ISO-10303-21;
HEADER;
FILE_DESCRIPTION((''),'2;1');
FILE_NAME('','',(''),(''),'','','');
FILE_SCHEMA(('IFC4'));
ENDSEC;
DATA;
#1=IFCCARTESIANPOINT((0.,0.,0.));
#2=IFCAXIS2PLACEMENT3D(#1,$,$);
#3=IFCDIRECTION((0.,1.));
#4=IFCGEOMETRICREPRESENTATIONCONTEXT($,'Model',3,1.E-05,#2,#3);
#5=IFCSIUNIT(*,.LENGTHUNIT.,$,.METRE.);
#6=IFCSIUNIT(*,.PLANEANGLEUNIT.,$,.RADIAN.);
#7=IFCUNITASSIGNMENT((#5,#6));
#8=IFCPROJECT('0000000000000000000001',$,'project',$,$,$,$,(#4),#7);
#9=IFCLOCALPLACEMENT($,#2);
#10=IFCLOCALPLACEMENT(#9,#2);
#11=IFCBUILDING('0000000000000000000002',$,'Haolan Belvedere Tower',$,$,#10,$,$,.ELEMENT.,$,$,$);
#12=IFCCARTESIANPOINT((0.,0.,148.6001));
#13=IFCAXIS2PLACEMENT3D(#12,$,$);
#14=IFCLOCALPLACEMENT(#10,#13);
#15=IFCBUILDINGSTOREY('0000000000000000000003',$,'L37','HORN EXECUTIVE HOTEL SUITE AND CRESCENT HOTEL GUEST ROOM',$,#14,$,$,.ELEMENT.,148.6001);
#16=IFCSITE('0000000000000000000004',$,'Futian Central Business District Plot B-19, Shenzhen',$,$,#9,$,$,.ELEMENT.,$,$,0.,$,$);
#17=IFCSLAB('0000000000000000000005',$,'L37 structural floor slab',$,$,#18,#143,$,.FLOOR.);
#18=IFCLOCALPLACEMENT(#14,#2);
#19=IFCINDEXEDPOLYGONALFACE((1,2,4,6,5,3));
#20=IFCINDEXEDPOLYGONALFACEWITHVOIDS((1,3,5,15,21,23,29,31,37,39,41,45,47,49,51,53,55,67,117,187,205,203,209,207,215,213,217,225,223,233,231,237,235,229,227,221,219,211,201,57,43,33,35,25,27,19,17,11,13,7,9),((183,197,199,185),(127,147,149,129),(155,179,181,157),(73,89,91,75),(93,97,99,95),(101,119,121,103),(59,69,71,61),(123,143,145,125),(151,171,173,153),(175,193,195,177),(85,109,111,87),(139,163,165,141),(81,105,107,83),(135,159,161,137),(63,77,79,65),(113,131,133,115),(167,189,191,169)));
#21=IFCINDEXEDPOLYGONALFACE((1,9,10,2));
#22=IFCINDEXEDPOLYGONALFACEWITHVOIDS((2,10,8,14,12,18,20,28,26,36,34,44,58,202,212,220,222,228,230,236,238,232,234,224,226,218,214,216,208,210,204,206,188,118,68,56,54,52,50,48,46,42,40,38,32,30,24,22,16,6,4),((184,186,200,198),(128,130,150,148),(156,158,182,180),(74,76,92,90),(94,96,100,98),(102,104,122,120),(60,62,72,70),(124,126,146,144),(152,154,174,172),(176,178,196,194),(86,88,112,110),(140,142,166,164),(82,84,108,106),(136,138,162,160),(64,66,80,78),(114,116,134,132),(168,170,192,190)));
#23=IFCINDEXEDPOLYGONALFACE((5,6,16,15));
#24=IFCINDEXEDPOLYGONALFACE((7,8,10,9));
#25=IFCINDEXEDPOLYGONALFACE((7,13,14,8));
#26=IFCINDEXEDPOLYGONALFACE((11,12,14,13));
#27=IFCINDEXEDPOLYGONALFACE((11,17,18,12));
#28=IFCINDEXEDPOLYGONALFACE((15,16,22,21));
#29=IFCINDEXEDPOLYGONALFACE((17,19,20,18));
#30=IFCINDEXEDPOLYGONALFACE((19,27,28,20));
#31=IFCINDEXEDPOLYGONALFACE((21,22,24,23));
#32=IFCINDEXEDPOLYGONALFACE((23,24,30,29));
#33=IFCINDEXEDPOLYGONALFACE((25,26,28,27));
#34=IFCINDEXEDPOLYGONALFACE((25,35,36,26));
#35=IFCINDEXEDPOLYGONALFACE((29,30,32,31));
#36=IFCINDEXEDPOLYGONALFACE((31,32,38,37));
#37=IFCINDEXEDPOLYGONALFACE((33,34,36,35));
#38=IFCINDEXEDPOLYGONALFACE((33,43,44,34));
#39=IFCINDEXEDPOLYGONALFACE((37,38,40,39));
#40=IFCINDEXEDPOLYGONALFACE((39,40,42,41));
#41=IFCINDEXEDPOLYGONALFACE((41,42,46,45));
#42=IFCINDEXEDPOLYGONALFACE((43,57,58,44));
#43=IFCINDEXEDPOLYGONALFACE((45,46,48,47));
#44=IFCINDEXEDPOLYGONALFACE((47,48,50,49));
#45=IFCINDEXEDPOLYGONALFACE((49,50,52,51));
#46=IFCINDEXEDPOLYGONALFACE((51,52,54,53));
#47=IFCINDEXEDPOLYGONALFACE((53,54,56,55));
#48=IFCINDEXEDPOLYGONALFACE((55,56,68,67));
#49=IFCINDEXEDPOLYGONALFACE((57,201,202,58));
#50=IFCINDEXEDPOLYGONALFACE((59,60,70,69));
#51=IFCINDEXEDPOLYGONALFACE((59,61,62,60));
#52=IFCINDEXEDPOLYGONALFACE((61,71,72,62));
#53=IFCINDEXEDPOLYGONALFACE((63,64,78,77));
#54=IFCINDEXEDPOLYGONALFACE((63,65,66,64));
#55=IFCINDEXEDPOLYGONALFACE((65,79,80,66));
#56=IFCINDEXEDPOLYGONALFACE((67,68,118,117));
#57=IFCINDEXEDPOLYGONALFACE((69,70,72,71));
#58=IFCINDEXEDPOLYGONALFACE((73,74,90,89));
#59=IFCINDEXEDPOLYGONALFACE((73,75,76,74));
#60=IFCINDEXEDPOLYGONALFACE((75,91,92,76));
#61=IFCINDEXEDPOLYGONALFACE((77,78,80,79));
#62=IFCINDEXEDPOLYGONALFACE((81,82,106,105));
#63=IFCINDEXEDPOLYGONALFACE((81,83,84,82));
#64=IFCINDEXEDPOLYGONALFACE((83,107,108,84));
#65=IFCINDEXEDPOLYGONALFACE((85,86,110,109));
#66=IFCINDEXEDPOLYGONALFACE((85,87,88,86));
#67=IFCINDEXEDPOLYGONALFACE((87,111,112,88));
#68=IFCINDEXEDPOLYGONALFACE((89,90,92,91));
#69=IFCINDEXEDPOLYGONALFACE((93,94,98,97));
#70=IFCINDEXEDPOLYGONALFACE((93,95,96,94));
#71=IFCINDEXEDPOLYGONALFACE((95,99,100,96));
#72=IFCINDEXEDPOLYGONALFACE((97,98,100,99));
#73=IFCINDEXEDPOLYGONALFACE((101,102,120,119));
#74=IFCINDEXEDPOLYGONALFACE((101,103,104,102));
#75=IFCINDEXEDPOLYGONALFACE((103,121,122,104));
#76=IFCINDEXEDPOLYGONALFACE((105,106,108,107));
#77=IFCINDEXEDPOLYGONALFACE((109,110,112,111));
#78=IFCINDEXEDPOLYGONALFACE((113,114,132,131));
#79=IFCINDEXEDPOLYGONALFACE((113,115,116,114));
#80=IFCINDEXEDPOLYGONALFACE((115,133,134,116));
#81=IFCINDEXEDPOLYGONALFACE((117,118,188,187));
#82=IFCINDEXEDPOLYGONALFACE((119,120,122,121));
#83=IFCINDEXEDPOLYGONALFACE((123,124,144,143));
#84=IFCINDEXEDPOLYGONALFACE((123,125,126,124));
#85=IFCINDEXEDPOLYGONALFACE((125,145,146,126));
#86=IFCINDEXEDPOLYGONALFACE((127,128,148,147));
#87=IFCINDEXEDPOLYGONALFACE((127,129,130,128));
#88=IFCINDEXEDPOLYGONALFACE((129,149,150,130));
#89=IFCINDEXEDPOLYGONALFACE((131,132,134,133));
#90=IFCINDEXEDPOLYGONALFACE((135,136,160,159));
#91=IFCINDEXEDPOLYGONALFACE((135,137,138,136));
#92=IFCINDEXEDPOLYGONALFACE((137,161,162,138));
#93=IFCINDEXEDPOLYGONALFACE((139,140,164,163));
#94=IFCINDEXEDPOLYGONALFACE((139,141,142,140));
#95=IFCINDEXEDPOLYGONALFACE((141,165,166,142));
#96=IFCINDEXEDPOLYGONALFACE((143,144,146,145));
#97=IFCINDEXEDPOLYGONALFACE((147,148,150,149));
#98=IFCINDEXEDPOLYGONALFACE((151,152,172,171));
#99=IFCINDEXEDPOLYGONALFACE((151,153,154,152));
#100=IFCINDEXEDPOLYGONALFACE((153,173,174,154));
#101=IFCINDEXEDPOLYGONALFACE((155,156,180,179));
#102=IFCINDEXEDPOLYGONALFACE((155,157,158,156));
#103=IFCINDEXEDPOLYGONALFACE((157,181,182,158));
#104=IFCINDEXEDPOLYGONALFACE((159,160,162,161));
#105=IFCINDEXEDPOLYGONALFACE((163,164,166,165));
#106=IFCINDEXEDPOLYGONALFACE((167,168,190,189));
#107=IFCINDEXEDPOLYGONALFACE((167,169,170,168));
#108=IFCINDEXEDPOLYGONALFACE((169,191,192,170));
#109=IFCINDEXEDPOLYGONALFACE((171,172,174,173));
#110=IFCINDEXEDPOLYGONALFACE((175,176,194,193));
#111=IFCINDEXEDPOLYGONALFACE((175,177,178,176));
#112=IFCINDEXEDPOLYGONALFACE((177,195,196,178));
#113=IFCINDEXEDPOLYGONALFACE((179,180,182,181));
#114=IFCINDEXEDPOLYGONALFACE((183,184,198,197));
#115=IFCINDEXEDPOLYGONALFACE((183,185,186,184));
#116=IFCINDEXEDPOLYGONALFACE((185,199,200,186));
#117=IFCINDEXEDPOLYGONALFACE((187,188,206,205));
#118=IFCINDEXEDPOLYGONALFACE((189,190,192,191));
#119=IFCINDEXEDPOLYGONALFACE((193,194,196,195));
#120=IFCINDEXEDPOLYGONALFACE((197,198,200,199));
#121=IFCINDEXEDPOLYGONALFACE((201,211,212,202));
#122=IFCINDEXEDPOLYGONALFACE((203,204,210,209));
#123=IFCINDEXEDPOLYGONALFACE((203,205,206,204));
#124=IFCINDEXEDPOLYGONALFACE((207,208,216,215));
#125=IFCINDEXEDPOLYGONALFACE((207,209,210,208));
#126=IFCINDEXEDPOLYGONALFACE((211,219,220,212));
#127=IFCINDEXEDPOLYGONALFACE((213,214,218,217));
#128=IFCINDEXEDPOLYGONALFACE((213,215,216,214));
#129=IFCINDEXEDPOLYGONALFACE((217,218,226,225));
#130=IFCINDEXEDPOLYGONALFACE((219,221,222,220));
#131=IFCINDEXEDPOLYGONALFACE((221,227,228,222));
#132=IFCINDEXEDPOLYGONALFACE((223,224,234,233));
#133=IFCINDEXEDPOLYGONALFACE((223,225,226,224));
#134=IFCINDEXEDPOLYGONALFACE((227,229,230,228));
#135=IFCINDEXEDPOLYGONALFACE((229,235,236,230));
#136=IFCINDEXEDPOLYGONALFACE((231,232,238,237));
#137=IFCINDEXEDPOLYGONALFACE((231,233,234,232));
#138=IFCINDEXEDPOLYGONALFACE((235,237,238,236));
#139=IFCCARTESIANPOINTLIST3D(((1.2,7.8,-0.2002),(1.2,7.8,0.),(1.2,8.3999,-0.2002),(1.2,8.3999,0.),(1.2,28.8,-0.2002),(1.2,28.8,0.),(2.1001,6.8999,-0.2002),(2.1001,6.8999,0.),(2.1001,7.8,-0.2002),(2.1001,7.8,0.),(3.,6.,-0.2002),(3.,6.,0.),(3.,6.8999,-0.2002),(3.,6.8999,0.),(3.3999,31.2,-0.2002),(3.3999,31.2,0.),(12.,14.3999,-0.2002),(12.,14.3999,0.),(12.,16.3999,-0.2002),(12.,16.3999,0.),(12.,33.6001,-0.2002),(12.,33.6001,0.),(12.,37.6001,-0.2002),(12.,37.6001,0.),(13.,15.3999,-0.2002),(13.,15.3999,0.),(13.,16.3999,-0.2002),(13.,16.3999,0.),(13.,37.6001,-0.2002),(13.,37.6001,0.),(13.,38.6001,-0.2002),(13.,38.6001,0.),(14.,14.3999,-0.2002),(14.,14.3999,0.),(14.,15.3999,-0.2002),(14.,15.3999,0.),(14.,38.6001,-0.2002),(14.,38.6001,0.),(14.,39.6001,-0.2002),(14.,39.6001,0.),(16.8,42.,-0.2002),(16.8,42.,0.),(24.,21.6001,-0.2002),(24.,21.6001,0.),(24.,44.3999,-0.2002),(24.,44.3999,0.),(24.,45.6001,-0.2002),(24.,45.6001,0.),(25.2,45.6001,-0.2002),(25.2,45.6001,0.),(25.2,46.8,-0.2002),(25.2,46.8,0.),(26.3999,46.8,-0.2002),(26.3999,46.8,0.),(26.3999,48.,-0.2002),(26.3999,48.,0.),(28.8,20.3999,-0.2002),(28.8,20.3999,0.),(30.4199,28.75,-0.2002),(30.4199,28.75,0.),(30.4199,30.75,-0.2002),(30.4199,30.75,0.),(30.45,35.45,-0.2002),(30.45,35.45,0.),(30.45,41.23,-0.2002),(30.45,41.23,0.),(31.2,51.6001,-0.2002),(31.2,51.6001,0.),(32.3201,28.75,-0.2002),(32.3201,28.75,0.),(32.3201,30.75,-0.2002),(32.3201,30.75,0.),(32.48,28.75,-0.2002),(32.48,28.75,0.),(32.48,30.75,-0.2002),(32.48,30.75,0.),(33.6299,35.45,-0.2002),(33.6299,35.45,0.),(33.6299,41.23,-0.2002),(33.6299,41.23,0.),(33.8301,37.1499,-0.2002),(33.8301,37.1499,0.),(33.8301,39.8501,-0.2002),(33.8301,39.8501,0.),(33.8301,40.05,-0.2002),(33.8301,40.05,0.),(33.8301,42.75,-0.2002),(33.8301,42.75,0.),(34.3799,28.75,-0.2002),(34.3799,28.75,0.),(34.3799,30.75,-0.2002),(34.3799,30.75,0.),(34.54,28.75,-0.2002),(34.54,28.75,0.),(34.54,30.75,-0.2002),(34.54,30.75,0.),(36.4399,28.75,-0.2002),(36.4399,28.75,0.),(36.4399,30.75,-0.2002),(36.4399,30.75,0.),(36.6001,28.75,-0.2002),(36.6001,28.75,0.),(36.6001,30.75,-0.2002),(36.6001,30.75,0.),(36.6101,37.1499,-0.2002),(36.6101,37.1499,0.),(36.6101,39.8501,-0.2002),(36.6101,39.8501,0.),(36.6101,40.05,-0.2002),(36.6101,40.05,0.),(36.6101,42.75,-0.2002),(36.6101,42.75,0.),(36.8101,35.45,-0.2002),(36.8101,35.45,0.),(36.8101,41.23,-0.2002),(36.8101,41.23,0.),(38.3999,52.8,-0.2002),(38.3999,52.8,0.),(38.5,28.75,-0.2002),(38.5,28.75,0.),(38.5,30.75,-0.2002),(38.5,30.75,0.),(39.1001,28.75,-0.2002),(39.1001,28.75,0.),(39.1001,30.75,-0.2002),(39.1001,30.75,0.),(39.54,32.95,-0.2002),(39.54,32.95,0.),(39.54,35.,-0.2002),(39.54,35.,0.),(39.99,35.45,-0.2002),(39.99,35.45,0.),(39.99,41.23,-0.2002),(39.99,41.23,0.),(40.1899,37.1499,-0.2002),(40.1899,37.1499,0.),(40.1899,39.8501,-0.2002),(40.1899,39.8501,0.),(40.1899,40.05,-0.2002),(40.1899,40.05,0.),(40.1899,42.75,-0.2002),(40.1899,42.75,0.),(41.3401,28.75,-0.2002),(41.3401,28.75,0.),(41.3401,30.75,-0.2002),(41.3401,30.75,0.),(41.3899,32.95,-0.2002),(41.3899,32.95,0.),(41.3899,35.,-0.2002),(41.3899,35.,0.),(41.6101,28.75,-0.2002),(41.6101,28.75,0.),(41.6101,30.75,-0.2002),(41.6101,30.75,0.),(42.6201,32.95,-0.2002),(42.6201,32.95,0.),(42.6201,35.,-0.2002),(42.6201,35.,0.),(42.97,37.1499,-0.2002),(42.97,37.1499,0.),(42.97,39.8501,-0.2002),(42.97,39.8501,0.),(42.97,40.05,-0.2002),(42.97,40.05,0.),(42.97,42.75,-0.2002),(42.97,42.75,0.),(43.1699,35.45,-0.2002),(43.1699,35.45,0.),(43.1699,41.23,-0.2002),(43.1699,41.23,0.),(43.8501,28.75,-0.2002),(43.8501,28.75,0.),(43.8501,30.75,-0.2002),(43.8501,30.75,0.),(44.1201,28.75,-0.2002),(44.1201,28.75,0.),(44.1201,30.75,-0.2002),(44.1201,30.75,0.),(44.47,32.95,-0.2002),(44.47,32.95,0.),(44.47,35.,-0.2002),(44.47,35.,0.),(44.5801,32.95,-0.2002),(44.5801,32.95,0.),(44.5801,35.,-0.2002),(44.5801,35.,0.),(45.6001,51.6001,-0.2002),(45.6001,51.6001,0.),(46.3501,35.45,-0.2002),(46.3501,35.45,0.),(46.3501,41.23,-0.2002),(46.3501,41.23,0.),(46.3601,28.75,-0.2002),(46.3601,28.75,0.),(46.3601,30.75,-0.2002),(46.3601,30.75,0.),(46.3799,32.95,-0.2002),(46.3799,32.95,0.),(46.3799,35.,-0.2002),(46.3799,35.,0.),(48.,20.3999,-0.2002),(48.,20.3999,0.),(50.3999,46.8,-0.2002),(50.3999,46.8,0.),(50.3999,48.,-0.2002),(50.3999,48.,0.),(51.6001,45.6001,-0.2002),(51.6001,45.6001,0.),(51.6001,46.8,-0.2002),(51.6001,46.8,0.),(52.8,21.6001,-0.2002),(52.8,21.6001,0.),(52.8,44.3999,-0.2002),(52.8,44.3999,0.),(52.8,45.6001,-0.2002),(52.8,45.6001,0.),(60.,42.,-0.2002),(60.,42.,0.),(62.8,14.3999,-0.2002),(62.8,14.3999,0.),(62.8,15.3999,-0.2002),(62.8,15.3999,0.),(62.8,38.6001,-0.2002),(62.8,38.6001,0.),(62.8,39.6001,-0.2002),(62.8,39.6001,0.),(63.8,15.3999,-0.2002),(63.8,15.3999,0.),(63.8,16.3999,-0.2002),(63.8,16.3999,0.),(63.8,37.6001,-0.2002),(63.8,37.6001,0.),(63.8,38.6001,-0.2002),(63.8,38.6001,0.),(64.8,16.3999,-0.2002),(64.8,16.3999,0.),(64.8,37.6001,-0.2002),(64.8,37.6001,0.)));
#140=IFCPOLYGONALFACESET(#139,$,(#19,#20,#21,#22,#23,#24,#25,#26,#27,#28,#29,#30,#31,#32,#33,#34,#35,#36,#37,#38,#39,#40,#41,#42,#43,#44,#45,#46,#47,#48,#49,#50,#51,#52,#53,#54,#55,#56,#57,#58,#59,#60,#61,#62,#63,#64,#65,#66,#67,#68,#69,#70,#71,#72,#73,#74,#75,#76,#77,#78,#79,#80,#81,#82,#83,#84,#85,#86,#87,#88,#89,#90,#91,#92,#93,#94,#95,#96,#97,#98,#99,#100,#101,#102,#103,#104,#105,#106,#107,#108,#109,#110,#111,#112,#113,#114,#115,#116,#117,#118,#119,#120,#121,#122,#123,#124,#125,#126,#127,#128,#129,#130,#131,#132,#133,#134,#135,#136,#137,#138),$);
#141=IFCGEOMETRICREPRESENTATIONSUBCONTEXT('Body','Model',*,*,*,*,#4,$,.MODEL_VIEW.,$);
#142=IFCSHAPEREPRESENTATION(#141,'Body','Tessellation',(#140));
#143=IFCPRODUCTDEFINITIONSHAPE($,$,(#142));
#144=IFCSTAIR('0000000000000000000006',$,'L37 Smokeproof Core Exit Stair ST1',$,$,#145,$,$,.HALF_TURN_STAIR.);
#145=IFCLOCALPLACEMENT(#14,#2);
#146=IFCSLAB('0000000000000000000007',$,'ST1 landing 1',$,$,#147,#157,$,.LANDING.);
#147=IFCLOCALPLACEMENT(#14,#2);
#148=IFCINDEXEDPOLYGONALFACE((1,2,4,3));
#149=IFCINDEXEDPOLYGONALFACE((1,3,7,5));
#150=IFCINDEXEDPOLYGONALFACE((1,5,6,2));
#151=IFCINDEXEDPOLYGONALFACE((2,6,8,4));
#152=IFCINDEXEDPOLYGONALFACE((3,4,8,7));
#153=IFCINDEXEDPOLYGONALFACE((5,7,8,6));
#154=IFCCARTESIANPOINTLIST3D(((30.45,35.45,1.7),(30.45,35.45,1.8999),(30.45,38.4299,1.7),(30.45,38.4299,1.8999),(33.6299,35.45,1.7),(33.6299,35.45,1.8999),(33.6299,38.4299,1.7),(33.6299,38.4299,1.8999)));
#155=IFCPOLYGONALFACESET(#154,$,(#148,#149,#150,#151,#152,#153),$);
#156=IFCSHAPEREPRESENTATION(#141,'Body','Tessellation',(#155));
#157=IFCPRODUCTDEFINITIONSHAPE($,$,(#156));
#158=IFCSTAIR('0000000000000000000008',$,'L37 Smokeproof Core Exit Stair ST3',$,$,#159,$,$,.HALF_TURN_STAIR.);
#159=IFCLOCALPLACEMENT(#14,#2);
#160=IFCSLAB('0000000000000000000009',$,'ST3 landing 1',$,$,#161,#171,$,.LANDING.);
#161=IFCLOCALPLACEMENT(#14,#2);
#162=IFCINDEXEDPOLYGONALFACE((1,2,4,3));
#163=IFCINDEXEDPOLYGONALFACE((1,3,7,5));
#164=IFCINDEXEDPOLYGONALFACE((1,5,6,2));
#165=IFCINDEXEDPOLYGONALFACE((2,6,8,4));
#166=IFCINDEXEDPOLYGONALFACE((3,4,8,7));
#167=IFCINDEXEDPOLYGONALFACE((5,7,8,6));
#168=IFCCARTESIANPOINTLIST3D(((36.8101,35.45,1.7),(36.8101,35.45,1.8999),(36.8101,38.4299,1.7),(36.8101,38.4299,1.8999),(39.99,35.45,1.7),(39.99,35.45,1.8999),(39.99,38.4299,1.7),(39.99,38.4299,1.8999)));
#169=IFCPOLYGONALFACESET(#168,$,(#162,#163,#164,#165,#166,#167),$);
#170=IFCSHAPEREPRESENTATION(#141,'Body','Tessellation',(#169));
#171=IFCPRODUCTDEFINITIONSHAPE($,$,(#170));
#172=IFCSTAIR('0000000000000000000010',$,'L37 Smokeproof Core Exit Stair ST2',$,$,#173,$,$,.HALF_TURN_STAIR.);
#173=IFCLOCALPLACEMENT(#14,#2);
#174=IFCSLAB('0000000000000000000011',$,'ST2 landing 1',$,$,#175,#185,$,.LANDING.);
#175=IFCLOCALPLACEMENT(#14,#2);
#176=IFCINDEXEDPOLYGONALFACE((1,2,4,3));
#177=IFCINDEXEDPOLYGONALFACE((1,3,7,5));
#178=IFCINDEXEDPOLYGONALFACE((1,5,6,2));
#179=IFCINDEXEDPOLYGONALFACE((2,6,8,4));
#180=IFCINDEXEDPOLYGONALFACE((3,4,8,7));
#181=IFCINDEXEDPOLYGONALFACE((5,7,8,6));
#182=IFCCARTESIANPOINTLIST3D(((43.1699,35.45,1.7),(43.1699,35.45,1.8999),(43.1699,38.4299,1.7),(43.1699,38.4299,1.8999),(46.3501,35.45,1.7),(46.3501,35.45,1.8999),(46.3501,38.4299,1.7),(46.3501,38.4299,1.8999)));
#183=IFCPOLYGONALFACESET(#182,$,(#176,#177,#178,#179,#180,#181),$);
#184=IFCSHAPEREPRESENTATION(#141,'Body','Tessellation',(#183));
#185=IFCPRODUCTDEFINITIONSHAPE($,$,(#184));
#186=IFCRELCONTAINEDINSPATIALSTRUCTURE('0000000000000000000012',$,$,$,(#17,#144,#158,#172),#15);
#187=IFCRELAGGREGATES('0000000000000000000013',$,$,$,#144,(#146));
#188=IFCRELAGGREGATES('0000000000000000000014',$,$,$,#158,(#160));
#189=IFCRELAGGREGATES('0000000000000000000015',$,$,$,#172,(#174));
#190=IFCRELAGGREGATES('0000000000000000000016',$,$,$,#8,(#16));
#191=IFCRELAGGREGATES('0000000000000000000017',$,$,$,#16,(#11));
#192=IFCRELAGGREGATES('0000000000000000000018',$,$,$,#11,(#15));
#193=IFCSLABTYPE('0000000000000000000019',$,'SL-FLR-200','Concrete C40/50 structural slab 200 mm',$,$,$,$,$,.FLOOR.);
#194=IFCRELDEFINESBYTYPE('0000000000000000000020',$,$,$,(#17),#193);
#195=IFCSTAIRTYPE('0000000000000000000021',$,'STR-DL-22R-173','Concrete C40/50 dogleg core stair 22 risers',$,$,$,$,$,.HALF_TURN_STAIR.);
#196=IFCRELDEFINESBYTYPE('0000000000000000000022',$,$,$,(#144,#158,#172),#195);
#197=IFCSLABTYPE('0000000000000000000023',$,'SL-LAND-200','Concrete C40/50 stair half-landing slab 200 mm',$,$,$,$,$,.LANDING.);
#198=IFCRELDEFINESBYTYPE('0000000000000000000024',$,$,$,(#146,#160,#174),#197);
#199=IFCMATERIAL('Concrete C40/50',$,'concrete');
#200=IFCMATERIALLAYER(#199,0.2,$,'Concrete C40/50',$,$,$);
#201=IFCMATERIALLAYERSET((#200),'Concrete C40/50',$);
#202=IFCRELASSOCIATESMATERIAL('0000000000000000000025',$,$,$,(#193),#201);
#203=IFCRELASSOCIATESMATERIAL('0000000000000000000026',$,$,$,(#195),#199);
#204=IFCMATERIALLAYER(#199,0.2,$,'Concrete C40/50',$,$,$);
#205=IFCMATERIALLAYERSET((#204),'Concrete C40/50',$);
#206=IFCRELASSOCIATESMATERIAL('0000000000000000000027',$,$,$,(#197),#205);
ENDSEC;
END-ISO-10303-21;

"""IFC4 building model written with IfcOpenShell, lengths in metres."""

from ifc_helpers import new_model, si_unit, direction, frame, origin, place, context, subcontext, project, spatial, polyline, outline, extrude, material, layer, layer_set, type_object, element, aggregate, save


model = new_model("IFC4")

# Units and contexts
model_context = context("Model", 3, precision=1e-05, world=origin(), true_north=direction((0.0, 1.0)))
body_context = subcontext(model_context, "Body", "Model", "MODEL_VIEW")
ifc_project = project(units=[si_unit("LENGTHUNIT", "METRE"), si_unit("PLANEANGLEUNIT", "RADIAN")], contexts=[model_context])

# Site, building, storey
site_placement = place(None, origin())
site = spatial("IfcSite", under=ifc_project, at=site_placement, Name="Futian Central Business District Plot B-19, Shenzhen", CompositionType="ELEMENT", RefElevation=0.0)
building_placement = place(site_placement, origin())
building = spatial("IfcBuilding", under=site, at=building_placement, Name="Haolan Belvedere Tower", CompositionType="ELEMENT")
storey_placement = place(building_placement, frame((0.0, 0.0, 148.6001)))
storey = spatial("IfcBuildingStorey", under=building, at=storey_placement, Name="L37", Description="HORN EXECUTIVE HOTEL SUITE AND CRESCENT HOTEL GUEST ROOM", CompositionType="ELEMENT", Elevation=148.6001)

# Slab
ifc_material_1 = material(Name="Concrete C40/50", Category="concrete")
ifc_layer_1 = layer(ifc_material_1, 0.2, Name="Concrete C40/50")
ifc_layer_set_1 = layer_set([ifc_layer_1], Name="Concrete C40/50")
slab_type_1 = type_object("IfcSlabType", Name="SL-FLR-200", Description="Concrete C40/50 structural slab 200 mm", PredefinedType="FLOOR", material=ifc_layer_set_1)
slab_1_placement = place(storey_placement, frame((0.0, 0.0, -0.2002)))
element("IfcSlab", 1, at=slab_1_placement, inside=storey, type_object=slab_type_1, Name="L37 structural floor slab", PredefinedType="FLOOR", context=body_context, shape_type="SweptSolid", body=[
    extrude(outline(polyline([(12.0, 14.3999), (12.0, 16.3999), (13.0, 16.3999), (13.0, 15.3999), (14.0, 15.3999), (14.0, 14.3999), (24.0, 21.6001), (28.8, 20.3999), (48.0, 20.3999), (52.8, 21.6001), (62.8, 14.3999), (62.8, 15.3999), (63.8, 15.3999), (63.8, 16.3999), (64.8, 16.3999), (64.8, 37.6001), (63.8, 37.6001), (63.8, 38.6001), (62.8, 38.6001), (62.8, 39.6001), (60.0, 42.0), (52.8, 44.3999), (52.8, 45.6001), (51.6001, 45.6001), (51.6001, 46.8), (50.3999, 46.8), (50.3999, 48.0), (45.6001, 51.6001), (38.3999, 52.8), (31.2, 51.6001), (26.3999, 48.0), (26.3999, 46.8), (25.2, 46.8), (25.2, 45.6001), (24.0, 45.6001), (24.0, 44.3999), (16.8, 42.0), (14.0, 39.6001), (14.0, 38.6001), (13.0, 38.6001), (13.0, 37.6001), (12.0, 37.6001), (12.0, 33.6001), (3.3999, 31.2), (1.2, 28.8), (1.2, 8.3999), (1.2, 7.8), (2.1001, 7.8), (2.1001, 6.8999), (3.0, 6.8999), (3.0, 6.0), (12.0, 14.3999)]), holes=[polyline([(30.45, 41.23), (30.45, 35.45), (33.6299, 35.45), (33.6299, 41.23), (30.45, 41.23)]), polyline([(36.8101, 41.23), (36.8101, 35.45), (39.99, 35.45), (39.99, 41.23), (36.8101, 41.23)]), polyline([(43.1699, 41.23), (43.1699, 35.45), (46.3501, 35.45), (46.3501, 41.23), (43.1699, 41.23)]), polyline([(33.8301, 40.05), (36.6101, 40.05), (36.6101, 42.75), (33.8301, 42.75), (33.8301, 40.05)]), polyline([(33.8301, 37.1499), (36.6101, 37.1499), (36.6101, 39.8501), (33.8301, 39.8501), (33.8301, 37.1499)]), polyline([(40.1899, 40.05), (42.97, 40.05), (42.97, 42.75), (40.1899, 42.75), (40.1899, 40.05)]), polyline([(40.1899, 37.1499), (42.97, 37.1499), (42.97, 39.8501), (40.1899, 39.8501), (40.1899, 37.1499)]), polyline([(39.54, 32.95), (41.3899, 32.95), (41.3899, 35.0), (39.54, 35.0), (39.54, 32.95)]), polyline([(42.6201, 32.95), (44.47, 32.95), (44.47, 35.0), (42.6201, 35.0), (42.6201, 32.95)]), polyline([(44.5801, 32.95), (46.3799, 32.95), (46.3799, 35.0), (44.5801, 35.0), (44.5801, 32.95)]), polyline([(30.4199, 28.75), (32.3201, 28.75), (32.3201, 30.75), (30.4199, 30.75), (30.4199, 28.75)]), polyline([(32.48, 28.75), (34.3799, 28.75), (34.3799, 30.75), (32.48, 30.75), (32.48, 28.75)]), polyline([(34.54, 28.75), (36.4399, 28.75), (36.4399, 30.75), (34.54, 30.75), (34.54, 28.75)]), polyline([(36.6001, 28.75), (38.5, 28.75), (38.5, 30.75), (36.6001, 30.75), (36.6001, 28.75)]), polyline([(39.1001, 28.75), (41.3401, 28.75), (41.3401, 30.75), (39.1001, 30.75), (39.1001, 28.75)]), polyline([(41.6101, 28.75), (43.8501, 28.75), (43.8501, 30.75), (41.6101, 30.75), (41.6101, 28.75)]), polyline([(44.1201, 28.75), (46.3601, 28.75), (46.3601, 30.75), (44.1201, 30.75), (44.1201, 28.75)])]), origin(), (0.0, 0.0, 1.0), 0.2002),
])

# Stairs, slabs
stair_type = type_object("IfcStairType", Name="STR-DL-22R-173", Description="Concrete C40/50 dogleg core stair 22 risers", PredefinedType="HALF_TURN_STAIR", material=ifc_material_1)
stair_1_placement = place(storey_placement, origin())
stair_1 = element("IfcStair", 2, at=stair_1_placement, inside=storey, type_object=stair_type, Name="L37 Smokeproof Core Exit Stair ST1", PredefinedType="HALF_TURN_STAIR")
ifc_layer_2 = layer(ifc_material_1, 0.2, Name="Concrete C40/50")
ifc_layer_set_2 = layer_set([ifc_layer_2], Name="Concrete C40/50")
slab_type_2 = type_object("IfcSlabType", Name="SL-LAND-200", Description="Concrete C40/50 stair half-landing slab 200 mm", PredefinedType="LANDING", material=ifc_layer_set_2)
slab_2_placement = place(storey_placement, frame((0.0, 0.0, 1.7)))
slab_2 = element("IfcSlab", 3, at=slab_2_placement, type_object=slab_type_2, Name="ST1 landing 1", PredefinedType="LANDING", context=body_context, shape_type="SweptSolid", body=[
    extrude(outline(polyline([(30.45, 38.4299), (30.45, 35.45), (33.6299, 35.45), (33.6299, 38.4299), (30.45, 38.4299)])), origin(), (0.0, 0.0, 1.0), 0.2),
])
aggregate(stair_1, [slab_2])
stair_2_placement = place(storey_placement, origin())
stair_2 = element("IfcStair", 4, at=stair_2_placement, inside=storey, type_object=stair_type, Name="L37 Smokeproof Core Exit Stair ST3", PredefinedType="HALF_TURN_STAIR")
slab_3_placement = place(storey_placement, frame((0.0, 0.0, 1.7)))
slab_3 = element("IfcSlab", 5, at=slab_3_placement, type_object=slab_type_2, Name="ST3 landing 1", PredefinedType="LANDING", context=body_context, shape_type="SweptSolid", body=[
    extrude(outline(polyline([(36.8101, 38.4299), (36.8101, 35.45), (39.99, 35.45), (39.99, 38.4299), (36.8101, 38.4299)])), origin(), (0.0, 0.0, 1.0), 0.2),
])
aggregate(stair_2, [slab_3])
stair_3_placement = place(storey_placement, origin())
stair_3 = element("IfcStair", 6, at=stair_3_placement, inside=storey, type_object=stair_type, Name="L37 Smokeproof Core Exit Stair ST2", PredefinedType="HALF_TURN_STAIR")
slab_4_placement = place(storey_placement, frame((0.0, 0.0, 1.7)))
slab_4 = element("IfcSlab", 7, at=slab_4_placement, type_object=slab_type_2, Name="ST2 landing 1", PredefinedType="LANDING", context=body_context, shape_type="SweptSolid", body=[
    extrude(outline(polyline([(43.1699, 38.4299), (43.1699, 35.45), (46.3501, 35.45), (46.3501, 38.4299), (43.1699, 38.4299)])), origin(), (0.0, 0.0, 1.0), 0.2),
])
aggregate(stair_3, [slab_4])

save(model, "model.ifc")
